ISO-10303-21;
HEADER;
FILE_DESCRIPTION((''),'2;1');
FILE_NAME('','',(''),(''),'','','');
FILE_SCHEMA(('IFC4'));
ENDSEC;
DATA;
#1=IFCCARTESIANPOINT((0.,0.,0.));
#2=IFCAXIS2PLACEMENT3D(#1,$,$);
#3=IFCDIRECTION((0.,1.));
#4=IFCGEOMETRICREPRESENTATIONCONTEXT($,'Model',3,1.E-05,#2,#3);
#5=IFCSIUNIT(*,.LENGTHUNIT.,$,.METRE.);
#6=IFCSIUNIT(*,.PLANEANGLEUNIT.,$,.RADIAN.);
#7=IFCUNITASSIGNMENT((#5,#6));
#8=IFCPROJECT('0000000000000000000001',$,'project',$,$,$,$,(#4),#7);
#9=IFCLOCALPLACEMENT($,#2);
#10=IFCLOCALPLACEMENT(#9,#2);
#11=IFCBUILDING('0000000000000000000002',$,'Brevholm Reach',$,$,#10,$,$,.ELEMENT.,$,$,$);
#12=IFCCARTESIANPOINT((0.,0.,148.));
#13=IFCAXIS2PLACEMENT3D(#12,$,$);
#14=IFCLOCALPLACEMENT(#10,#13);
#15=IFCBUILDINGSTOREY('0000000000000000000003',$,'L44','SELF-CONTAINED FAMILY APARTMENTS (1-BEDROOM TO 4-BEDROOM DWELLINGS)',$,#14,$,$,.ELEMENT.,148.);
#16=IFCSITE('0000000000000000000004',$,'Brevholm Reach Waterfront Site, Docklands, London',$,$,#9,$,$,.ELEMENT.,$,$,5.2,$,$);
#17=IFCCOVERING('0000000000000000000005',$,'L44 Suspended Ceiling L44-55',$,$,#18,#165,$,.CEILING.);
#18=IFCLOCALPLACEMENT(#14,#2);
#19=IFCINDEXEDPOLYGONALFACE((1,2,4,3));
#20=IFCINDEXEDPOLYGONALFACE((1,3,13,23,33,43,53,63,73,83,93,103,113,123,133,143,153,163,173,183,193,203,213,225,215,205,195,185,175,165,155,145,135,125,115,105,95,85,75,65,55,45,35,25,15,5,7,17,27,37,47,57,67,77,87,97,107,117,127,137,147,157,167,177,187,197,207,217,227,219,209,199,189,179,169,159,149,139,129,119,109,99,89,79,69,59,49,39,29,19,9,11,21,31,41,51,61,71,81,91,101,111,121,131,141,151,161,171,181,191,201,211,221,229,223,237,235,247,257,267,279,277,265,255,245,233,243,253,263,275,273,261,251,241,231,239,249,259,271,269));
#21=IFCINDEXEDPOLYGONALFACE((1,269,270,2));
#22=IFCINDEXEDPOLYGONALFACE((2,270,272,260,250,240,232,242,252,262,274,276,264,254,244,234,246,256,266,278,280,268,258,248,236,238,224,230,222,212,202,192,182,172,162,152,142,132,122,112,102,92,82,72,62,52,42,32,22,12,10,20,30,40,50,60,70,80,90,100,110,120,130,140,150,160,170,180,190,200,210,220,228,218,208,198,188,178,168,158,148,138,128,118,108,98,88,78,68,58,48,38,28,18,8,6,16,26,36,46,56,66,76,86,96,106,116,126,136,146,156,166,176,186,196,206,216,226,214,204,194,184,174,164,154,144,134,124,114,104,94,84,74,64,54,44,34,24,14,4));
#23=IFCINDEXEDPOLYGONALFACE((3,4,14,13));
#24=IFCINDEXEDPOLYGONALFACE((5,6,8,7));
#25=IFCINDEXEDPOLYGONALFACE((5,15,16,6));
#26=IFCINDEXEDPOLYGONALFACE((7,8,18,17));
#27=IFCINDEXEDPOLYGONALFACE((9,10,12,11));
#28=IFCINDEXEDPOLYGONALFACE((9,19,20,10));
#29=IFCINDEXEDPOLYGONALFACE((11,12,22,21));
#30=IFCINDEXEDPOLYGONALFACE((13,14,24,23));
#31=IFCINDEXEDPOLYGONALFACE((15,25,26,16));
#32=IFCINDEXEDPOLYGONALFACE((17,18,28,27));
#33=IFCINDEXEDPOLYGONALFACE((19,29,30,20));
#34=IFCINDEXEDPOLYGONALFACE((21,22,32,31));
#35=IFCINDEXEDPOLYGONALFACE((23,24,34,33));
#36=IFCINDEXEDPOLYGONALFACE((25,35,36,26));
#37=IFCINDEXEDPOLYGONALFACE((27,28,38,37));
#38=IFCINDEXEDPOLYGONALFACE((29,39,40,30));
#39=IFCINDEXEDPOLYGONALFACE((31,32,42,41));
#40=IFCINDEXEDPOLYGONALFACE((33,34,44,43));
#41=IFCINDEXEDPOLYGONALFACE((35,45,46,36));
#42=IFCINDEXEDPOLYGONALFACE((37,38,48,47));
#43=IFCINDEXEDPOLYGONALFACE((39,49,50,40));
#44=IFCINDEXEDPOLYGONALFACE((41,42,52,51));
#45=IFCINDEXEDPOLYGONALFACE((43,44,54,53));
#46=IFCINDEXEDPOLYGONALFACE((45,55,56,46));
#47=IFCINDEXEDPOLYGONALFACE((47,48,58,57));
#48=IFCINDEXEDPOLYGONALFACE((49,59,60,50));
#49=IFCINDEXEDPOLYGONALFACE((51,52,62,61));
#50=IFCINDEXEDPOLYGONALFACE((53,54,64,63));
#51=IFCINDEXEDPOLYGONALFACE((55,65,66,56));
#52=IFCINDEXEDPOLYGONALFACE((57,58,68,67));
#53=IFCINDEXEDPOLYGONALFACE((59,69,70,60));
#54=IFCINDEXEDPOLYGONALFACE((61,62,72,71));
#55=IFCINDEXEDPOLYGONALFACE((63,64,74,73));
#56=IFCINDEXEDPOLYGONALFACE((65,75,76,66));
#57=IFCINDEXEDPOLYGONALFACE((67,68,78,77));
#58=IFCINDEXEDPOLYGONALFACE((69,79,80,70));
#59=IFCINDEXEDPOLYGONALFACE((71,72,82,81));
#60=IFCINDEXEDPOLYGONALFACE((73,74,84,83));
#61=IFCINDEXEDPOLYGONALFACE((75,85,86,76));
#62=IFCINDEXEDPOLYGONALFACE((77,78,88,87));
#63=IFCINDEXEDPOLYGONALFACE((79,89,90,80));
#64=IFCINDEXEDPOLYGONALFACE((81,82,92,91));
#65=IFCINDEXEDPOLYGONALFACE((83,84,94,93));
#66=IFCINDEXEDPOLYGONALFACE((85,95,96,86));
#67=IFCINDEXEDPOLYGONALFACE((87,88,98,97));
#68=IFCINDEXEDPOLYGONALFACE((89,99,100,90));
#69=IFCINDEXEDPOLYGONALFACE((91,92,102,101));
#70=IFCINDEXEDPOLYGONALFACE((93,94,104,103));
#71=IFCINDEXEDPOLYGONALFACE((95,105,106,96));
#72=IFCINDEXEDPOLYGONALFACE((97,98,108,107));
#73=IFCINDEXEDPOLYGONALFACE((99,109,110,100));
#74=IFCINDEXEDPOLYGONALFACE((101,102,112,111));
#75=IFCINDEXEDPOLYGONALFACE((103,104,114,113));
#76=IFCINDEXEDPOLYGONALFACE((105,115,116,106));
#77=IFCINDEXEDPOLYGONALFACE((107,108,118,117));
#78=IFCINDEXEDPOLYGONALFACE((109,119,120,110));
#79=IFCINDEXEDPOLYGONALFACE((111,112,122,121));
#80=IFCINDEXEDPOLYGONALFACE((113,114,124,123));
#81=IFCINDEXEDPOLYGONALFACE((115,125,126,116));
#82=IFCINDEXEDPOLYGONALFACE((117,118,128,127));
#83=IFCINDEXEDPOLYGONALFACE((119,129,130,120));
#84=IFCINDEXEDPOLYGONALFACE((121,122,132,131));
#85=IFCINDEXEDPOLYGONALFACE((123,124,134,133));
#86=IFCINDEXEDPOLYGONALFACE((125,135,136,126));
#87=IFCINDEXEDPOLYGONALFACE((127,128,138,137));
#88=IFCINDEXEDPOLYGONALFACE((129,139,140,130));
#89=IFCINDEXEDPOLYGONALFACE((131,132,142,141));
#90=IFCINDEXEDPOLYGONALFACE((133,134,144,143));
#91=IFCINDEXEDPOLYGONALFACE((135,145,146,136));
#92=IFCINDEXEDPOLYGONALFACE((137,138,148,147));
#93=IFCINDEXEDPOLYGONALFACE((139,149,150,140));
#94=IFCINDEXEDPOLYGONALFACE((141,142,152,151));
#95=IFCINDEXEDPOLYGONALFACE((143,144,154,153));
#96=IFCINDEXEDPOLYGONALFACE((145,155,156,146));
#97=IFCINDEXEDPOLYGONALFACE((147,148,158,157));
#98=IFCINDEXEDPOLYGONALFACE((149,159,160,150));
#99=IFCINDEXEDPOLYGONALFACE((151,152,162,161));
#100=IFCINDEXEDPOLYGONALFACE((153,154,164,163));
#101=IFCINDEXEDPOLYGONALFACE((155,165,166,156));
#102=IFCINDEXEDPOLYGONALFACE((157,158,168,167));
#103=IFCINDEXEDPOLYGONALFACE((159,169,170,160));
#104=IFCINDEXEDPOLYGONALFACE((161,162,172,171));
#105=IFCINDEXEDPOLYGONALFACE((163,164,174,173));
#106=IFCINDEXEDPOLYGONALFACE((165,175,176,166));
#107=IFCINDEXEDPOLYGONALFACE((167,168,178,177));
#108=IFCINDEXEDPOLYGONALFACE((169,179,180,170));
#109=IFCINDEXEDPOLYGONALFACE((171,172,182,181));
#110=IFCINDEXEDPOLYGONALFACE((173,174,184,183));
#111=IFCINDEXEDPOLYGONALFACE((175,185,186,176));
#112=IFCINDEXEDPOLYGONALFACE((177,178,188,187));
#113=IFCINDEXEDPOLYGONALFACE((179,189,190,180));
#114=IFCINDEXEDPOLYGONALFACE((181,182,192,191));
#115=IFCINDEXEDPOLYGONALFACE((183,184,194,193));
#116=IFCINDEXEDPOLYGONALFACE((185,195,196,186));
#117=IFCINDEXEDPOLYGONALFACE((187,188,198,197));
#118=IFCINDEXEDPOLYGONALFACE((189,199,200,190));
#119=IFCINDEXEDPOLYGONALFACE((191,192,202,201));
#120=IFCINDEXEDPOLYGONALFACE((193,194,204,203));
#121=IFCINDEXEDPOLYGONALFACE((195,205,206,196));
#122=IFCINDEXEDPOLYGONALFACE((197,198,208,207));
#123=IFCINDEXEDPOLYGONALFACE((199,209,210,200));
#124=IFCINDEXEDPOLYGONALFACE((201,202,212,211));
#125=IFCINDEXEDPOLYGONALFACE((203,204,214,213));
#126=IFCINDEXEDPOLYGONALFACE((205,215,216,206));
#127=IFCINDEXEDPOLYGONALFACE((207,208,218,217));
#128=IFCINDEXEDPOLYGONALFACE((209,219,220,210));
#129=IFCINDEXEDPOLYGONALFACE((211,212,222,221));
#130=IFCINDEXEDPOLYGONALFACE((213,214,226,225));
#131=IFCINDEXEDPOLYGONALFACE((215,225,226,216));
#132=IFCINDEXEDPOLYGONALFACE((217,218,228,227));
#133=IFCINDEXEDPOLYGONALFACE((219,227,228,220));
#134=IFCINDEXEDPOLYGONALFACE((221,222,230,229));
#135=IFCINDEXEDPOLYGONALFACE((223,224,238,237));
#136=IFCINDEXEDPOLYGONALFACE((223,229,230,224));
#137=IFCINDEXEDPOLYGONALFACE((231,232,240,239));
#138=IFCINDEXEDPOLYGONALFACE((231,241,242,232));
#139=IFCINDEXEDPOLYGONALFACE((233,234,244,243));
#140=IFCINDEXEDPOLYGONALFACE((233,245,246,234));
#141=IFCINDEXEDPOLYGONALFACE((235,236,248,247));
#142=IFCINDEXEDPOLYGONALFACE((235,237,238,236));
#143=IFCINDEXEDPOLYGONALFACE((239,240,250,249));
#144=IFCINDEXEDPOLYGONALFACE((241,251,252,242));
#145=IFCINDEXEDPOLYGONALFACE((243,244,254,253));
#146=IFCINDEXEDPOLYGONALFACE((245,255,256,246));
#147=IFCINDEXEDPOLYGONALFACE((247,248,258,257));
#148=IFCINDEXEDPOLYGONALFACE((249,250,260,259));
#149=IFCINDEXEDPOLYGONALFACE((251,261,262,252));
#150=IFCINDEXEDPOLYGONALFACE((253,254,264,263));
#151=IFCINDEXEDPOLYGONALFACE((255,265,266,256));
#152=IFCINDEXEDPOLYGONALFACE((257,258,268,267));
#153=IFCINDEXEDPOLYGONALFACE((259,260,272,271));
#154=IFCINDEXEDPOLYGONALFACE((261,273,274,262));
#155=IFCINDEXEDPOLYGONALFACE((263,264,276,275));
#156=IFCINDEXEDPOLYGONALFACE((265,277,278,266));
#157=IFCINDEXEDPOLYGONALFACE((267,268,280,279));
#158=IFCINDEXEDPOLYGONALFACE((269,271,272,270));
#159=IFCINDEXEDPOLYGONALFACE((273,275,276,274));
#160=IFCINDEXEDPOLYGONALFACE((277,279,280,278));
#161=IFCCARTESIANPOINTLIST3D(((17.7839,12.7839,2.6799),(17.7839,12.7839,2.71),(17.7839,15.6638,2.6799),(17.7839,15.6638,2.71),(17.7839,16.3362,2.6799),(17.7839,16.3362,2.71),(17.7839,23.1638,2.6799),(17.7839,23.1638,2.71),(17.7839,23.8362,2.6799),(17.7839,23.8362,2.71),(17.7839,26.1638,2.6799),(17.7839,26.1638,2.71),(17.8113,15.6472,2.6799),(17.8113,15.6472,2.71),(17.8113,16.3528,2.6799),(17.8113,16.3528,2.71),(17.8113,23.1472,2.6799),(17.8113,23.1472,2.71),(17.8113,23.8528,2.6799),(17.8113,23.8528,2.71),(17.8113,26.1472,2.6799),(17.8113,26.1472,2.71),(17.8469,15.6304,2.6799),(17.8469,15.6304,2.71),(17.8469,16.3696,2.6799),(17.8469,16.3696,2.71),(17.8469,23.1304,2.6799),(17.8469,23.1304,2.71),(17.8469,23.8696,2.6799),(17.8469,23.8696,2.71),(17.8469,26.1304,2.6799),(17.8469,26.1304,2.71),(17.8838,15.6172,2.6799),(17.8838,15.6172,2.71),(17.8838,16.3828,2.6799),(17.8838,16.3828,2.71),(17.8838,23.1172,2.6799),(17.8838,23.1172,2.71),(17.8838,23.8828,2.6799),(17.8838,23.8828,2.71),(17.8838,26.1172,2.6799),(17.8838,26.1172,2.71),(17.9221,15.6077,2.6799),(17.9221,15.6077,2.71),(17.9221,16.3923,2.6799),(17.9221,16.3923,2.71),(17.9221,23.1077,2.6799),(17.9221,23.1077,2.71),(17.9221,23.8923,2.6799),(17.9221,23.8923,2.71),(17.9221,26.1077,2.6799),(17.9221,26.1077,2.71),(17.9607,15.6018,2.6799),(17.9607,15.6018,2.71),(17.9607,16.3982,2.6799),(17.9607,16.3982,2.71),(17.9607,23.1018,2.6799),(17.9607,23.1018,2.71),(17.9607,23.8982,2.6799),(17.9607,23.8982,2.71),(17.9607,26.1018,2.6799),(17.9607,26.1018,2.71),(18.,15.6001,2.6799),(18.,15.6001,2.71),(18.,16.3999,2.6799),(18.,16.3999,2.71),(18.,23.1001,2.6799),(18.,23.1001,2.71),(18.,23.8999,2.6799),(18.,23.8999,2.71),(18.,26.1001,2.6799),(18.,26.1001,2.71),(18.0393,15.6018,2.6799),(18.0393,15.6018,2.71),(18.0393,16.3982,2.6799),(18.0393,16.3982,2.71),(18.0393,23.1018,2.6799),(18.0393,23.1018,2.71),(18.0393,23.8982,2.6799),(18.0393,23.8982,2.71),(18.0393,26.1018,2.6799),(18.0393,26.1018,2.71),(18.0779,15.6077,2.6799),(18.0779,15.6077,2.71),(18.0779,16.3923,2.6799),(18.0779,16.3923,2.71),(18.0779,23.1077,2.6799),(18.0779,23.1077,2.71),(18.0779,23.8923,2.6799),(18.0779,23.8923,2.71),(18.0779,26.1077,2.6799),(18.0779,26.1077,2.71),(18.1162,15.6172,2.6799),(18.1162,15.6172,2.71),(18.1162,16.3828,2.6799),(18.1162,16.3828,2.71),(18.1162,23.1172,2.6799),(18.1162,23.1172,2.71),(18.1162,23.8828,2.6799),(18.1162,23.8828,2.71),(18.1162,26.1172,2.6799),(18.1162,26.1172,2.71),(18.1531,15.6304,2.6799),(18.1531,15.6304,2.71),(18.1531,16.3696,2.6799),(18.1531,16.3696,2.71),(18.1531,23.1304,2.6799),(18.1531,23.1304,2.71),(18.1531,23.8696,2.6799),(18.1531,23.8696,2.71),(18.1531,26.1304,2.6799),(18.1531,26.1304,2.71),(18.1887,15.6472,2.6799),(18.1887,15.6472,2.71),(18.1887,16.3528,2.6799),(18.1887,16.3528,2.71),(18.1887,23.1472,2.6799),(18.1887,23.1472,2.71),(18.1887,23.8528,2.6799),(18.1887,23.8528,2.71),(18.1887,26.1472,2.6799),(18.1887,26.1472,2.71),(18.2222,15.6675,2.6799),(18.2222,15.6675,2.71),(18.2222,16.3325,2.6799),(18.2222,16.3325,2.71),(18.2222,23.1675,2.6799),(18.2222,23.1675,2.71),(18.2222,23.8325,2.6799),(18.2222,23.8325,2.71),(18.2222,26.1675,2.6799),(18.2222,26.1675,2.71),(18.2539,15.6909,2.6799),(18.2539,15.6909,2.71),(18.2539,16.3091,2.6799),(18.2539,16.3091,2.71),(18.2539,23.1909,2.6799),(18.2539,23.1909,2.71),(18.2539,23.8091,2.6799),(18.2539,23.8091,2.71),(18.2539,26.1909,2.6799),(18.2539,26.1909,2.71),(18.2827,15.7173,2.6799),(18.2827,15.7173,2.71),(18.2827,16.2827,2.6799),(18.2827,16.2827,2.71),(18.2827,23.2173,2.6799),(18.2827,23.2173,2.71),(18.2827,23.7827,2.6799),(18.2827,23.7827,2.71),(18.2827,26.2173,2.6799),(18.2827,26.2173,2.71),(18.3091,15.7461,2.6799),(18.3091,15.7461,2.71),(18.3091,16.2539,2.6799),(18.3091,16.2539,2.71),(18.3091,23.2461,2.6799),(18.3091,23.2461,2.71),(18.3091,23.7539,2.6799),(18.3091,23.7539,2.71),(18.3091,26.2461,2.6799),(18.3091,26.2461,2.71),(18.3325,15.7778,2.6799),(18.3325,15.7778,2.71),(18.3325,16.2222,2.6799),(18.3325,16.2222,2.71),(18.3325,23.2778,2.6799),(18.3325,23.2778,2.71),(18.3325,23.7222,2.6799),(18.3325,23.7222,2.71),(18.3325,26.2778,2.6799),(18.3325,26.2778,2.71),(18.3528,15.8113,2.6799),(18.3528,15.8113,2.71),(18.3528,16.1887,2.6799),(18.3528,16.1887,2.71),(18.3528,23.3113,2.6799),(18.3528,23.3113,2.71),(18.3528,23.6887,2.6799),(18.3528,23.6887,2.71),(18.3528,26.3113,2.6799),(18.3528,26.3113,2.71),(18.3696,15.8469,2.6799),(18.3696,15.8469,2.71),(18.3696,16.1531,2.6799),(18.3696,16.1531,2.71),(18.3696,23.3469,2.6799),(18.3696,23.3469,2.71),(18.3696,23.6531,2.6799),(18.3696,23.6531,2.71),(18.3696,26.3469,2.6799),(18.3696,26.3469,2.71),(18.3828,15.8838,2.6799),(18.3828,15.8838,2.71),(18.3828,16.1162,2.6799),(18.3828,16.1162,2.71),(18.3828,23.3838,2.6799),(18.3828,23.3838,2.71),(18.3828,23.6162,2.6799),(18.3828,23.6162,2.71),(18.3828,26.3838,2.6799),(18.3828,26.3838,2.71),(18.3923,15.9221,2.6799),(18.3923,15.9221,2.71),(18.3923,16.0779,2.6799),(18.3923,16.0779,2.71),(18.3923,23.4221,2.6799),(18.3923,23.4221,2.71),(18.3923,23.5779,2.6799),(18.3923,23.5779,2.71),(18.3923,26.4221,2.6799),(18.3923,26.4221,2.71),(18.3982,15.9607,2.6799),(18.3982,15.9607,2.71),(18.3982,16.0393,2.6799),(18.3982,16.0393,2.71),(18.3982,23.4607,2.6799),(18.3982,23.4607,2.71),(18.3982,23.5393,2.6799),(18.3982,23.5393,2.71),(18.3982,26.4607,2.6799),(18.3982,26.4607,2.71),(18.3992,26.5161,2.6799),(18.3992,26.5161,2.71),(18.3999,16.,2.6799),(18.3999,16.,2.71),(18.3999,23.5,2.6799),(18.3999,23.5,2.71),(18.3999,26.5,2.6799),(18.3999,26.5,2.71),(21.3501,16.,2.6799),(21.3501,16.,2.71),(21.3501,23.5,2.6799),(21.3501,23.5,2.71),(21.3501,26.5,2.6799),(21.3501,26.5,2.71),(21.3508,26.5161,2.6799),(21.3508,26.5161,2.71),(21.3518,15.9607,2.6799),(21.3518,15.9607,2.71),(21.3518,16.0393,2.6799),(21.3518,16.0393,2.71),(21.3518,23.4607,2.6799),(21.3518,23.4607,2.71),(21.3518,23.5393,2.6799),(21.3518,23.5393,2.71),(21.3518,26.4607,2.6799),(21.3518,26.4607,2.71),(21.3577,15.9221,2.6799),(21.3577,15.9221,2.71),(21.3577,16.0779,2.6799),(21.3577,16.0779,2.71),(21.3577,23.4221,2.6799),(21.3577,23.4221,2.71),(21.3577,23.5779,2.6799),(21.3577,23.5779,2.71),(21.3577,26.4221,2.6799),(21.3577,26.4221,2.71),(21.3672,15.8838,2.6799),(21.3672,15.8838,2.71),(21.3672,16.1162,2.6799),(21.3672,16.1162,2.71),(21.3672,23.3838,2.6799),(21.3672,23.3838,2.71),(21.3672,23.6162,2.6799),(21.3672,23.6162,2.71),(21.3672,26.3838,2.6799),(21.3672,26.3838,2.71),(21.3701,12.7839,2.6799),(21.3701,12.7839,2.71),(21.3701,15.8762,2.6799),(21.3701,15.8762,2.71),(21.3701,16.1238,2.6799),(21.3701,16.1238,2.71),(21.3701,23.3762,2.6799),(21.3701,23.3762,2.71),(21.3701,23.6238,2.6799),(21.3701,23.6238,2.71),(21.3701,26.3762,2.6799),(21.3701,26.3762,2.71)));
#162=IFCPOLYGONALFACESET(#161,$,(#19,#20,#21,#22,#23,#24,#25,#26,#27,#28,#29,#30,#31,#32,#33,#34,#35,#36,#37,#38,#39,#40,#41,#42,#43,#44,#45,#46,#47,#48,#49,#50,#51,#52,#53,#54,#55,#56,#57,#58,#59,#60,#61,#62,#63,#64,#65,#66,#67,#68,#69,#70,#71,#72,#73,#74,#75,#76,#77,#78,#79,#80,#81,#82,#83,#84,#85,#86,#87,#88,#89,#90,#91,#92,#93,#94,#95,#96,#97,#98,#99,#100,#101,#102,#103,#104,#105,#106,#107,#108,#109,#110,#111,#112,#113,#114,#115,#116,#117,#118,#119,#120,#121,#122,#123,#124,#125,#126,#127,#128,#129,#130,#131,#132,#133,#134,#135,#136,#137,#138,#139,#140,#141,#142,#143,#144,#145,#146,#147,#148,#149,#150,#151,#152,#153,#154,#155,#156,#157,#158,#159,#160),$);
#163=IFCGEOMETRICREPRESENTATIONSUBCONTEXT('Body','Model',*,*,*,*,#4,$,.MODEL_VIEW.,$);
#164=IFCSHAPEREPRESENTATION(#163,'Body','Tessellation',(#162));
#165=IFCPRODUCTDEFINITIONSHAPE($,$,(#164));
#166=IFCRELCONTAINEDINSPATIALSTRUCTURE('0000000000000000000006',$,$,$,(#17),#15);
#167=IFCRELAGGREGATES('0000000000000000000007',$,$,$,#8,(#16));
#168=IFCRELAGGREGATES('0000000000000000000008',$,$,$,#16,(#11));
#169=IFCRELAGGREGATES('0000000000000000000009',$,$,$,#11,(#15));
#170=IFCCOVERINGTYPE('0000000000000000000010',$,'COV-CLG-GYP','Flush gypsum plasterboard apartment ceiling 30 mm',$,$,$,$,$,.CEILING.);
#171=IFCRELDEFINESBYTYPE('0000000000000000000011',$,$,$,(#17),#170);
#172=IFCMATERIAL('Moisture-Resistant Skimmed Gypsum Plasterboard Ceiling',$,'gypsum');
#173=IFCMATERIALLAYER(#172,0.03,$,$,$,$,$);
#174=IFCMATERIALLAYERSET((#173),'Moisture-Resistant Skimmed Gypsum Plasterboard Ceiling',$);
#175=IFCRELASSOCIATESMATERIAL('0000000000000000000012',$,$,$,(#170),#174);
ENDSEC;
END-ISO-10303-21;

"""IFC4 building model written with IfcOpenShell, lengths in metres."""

from ifc_helpers import new_model, si_unit, direction, frame, origin, place, context, subcontext, project, spatial, polyline, outline, extrude, material, layer, layer_set, type_object, element, save


model = new_model("IFC4")

# Units and contexts
model_context = context("Model", 3, precision=1e-05, world=origin(), true_north=direction((0.0, 1.0)))
body_context = subcontext(model_context, "Body", "Model", "MODEL_VIEW")
ifc_project = project(units=[si_unit("LENGTHUNIT", "METRE"), si_unit("PLANEANGLEUNIT", "RADIAN")], contexts=[model_context])

# Site, building, storey
site_placement = place(None, origin())
site = spatial("IfcSite", under=ifc_project, at=site_placement, Name="Brevholm Reach Waterfront Site, Docklands, London", CompositionType="ELEMENT", RefElevation=5.2)
building_placement = place(site_placement, origin())
building = spatial("IfcBuilding", under=site, at=building_placement, Name="Brevholm Reach", CompositionType="ELEMENT")
storey_placement = place(building_placement, frame((0.0, 0.0, 148.0)))
storey = spatial("IfcBuildingStorey", under=building, at=storey_placement, Name="L44", Description="SELF-CONTAINED FAMILY APARTMENTS (1-BEDROOM TO 4-BEDROOM DWELLINGS)", CompositionType="ELEMENT", Elevation=148.0)

# Covering
ifc_material_1 = material(Name="Moisture-Resistant Skimmed Gypsum Plasterboard Ceiling", Category="gypsum")
ifc_layer_1 = layer(ifc_material_1, 0.03)
ifc_layer_set_1 = layer_set([ifc_layer_1], Name="Moisture-Resistant Skimmed Gypsum Plasterboard Ceiling")
covering_type_1 = type_object("IfcCoveringType", Name="COV-CLG-GYP", Description="Flush gypsum plasterboard apartment ceiling 30 mm", PredefinedType="CEILING", material=ifc_layer_set_1)
covering_1_placement = place(storey_placement, frame((0.0, 0.0, 2.6799)))
element("IfcCovering", 1, at=covering_1_placement, inside=storey, type_object=covering_type_1, Name="L44 Suspended Ceiling L44-55", PredefinedType="CEILING", context=body_context, shape_type="SweptSolid", body=[
    extrude(outline(polyline([(21.3701, 23.6238), (21.3672, 23.6162), (21.3577, 23.5779), (21.3518, 23.5393), (21.3501, 23.5), (21.3518, 23.4607), (21.3577, 23.4221), (21.3672, 23.3838), (21.3701, 23.3762), (21.3701, 16.1238), (21.3672, 16.1162), (21.3577, 16.0779), (21.3518, 16.0393), (21.3501, 16.0), (21.3518, 15.9607), (21.3577, 15.9221), (21.3672, 15.8838), (21.3701, 15.8762), (21.3701, 12.7839), (17.7839, 12.7839), (17.7839, 15.6638), (17.8113, 15.6472), (17.8469, 15.6304), (17.8838, 15.6172), (17.9221, 15.6077), (17.9607, 15.6018), (18.0, 15.6001), (18.0393, 15.6018), (18.0779, 15.6077), (18.1162, 15.6172), (18.1531, 15.6304), (18.1887, 15.6472), (18.2222, 15.6675), (18.2539, 15.6909), (18.2827, 15.7173), (18.3091, 15.7461), (18.3325, 15.7778), (18.3528, 15.8113), (18.3696, 15.8469), (18.3828, 15.8838), (18.3923, 15.9221), (18.3982, 15.9607), (18.3999, 16.0), (18.3982, 16.0393), (18.3923, 16.0779), (18.3828, 16.1162), (18.3696, 16.1531), (18.3528, 16.1887), (18.3325, 16.2222), (18.3091, 16.2539), (18.2827, 16.2827), (18.2539, 16.3091), (18.2222, 16.3325), (18.1887, 16.3528), (18.1531, 16.3696), (18.1162, 16.3828), (18.0779, 16.3923), (18.0393, 16.3982), (18.0, 16.3999), (17.9607, 16.3982), (17.9221, 16.3923), (17.8838, 16.3828), (17.8469, 16.3696), (17.8113, 16.3528), (17.7839, 16.3362), (17.7839, 23.1638), (17.8113, 23.1472), (17.8469, 23.1304), (17.8838, 23.1172), (17.9221, 23.1077), (17.9607, 23.1018), (18.0, 23.1001), (18.0393, 23.1018), (18.0779, 23.1077), (18.1162, 23.1172), (18.1531, 23.1304), (18.1887, 23.1472), (18.2222, 23.1675), (18.2539, 23.1909), (18.2827, 23.2173), (18.3091, 23.2461), (18.3325, 23.2778), (18.3528, 23.3113), (18.3696, 23.3469), (18.3828, 23.3838), (18.3923, 23.4221), (18.3982, 23.4607), (18.3999, 23.5), (18.3982, 23.5393), (18.3923, 23.5779), (18.3828, 23.6162), (18.3696, 23.6531), (18.3528, 23.6887), (18.3325, 23.7222), (18.3091, 23.7539), (18.2827, 23.7827), (18.2539, 23.8091), (18.2222, 23.8325), (18.1887, 23.8528), (18.1531, 23.8696), (18.1162, 23.8828), (18.0779, 23.8923), (18.0393, 23.8982), (18.0, 23.8999), (17.9607, 23.8982), (17.9221, 23.8923), (17.8838, 23.8828), (17.8469, 23.8696), (17.8113, 23.8528), (17.7839, 23.8362), (17.7839, 26.1638), (17.8113, 26.1472), (17.8469, 26.1304), (17.8838, 26.1172), (17.9221, 26.1077), (17.9607, 26.1018), (18.0, 26.1001), (18.0393, 26.1018), (18.0779, 26.1077), (18.1162, 26.1172), (18.1531, 26.1304), (18.1887, 26.1472), (18.2222, 26.1675), (18.2539, 26.1909), (18.2827, 26.2173), (18.3091, 26.2461), (18.3325, 26.2778), (18.3528, 26.3113), (18.3696, 26.3469), (18.3828, 26.3838), (18.3923, 26.4221), (18.3982, 26.4607), (18.3999, 26.5), (18.3992, 26.5161), (21.3508, 26.5161), (21.3501, 26.5), (21.3518, 26.4607), (21.3577, 26.4221), (21.3672, 26.3838), (21.3701, 26.3762), (21.3701, 23.6238)])), origin(), (0.0, 0.0, 1.0), 0.03),
])

save(model, "model.ifc")
